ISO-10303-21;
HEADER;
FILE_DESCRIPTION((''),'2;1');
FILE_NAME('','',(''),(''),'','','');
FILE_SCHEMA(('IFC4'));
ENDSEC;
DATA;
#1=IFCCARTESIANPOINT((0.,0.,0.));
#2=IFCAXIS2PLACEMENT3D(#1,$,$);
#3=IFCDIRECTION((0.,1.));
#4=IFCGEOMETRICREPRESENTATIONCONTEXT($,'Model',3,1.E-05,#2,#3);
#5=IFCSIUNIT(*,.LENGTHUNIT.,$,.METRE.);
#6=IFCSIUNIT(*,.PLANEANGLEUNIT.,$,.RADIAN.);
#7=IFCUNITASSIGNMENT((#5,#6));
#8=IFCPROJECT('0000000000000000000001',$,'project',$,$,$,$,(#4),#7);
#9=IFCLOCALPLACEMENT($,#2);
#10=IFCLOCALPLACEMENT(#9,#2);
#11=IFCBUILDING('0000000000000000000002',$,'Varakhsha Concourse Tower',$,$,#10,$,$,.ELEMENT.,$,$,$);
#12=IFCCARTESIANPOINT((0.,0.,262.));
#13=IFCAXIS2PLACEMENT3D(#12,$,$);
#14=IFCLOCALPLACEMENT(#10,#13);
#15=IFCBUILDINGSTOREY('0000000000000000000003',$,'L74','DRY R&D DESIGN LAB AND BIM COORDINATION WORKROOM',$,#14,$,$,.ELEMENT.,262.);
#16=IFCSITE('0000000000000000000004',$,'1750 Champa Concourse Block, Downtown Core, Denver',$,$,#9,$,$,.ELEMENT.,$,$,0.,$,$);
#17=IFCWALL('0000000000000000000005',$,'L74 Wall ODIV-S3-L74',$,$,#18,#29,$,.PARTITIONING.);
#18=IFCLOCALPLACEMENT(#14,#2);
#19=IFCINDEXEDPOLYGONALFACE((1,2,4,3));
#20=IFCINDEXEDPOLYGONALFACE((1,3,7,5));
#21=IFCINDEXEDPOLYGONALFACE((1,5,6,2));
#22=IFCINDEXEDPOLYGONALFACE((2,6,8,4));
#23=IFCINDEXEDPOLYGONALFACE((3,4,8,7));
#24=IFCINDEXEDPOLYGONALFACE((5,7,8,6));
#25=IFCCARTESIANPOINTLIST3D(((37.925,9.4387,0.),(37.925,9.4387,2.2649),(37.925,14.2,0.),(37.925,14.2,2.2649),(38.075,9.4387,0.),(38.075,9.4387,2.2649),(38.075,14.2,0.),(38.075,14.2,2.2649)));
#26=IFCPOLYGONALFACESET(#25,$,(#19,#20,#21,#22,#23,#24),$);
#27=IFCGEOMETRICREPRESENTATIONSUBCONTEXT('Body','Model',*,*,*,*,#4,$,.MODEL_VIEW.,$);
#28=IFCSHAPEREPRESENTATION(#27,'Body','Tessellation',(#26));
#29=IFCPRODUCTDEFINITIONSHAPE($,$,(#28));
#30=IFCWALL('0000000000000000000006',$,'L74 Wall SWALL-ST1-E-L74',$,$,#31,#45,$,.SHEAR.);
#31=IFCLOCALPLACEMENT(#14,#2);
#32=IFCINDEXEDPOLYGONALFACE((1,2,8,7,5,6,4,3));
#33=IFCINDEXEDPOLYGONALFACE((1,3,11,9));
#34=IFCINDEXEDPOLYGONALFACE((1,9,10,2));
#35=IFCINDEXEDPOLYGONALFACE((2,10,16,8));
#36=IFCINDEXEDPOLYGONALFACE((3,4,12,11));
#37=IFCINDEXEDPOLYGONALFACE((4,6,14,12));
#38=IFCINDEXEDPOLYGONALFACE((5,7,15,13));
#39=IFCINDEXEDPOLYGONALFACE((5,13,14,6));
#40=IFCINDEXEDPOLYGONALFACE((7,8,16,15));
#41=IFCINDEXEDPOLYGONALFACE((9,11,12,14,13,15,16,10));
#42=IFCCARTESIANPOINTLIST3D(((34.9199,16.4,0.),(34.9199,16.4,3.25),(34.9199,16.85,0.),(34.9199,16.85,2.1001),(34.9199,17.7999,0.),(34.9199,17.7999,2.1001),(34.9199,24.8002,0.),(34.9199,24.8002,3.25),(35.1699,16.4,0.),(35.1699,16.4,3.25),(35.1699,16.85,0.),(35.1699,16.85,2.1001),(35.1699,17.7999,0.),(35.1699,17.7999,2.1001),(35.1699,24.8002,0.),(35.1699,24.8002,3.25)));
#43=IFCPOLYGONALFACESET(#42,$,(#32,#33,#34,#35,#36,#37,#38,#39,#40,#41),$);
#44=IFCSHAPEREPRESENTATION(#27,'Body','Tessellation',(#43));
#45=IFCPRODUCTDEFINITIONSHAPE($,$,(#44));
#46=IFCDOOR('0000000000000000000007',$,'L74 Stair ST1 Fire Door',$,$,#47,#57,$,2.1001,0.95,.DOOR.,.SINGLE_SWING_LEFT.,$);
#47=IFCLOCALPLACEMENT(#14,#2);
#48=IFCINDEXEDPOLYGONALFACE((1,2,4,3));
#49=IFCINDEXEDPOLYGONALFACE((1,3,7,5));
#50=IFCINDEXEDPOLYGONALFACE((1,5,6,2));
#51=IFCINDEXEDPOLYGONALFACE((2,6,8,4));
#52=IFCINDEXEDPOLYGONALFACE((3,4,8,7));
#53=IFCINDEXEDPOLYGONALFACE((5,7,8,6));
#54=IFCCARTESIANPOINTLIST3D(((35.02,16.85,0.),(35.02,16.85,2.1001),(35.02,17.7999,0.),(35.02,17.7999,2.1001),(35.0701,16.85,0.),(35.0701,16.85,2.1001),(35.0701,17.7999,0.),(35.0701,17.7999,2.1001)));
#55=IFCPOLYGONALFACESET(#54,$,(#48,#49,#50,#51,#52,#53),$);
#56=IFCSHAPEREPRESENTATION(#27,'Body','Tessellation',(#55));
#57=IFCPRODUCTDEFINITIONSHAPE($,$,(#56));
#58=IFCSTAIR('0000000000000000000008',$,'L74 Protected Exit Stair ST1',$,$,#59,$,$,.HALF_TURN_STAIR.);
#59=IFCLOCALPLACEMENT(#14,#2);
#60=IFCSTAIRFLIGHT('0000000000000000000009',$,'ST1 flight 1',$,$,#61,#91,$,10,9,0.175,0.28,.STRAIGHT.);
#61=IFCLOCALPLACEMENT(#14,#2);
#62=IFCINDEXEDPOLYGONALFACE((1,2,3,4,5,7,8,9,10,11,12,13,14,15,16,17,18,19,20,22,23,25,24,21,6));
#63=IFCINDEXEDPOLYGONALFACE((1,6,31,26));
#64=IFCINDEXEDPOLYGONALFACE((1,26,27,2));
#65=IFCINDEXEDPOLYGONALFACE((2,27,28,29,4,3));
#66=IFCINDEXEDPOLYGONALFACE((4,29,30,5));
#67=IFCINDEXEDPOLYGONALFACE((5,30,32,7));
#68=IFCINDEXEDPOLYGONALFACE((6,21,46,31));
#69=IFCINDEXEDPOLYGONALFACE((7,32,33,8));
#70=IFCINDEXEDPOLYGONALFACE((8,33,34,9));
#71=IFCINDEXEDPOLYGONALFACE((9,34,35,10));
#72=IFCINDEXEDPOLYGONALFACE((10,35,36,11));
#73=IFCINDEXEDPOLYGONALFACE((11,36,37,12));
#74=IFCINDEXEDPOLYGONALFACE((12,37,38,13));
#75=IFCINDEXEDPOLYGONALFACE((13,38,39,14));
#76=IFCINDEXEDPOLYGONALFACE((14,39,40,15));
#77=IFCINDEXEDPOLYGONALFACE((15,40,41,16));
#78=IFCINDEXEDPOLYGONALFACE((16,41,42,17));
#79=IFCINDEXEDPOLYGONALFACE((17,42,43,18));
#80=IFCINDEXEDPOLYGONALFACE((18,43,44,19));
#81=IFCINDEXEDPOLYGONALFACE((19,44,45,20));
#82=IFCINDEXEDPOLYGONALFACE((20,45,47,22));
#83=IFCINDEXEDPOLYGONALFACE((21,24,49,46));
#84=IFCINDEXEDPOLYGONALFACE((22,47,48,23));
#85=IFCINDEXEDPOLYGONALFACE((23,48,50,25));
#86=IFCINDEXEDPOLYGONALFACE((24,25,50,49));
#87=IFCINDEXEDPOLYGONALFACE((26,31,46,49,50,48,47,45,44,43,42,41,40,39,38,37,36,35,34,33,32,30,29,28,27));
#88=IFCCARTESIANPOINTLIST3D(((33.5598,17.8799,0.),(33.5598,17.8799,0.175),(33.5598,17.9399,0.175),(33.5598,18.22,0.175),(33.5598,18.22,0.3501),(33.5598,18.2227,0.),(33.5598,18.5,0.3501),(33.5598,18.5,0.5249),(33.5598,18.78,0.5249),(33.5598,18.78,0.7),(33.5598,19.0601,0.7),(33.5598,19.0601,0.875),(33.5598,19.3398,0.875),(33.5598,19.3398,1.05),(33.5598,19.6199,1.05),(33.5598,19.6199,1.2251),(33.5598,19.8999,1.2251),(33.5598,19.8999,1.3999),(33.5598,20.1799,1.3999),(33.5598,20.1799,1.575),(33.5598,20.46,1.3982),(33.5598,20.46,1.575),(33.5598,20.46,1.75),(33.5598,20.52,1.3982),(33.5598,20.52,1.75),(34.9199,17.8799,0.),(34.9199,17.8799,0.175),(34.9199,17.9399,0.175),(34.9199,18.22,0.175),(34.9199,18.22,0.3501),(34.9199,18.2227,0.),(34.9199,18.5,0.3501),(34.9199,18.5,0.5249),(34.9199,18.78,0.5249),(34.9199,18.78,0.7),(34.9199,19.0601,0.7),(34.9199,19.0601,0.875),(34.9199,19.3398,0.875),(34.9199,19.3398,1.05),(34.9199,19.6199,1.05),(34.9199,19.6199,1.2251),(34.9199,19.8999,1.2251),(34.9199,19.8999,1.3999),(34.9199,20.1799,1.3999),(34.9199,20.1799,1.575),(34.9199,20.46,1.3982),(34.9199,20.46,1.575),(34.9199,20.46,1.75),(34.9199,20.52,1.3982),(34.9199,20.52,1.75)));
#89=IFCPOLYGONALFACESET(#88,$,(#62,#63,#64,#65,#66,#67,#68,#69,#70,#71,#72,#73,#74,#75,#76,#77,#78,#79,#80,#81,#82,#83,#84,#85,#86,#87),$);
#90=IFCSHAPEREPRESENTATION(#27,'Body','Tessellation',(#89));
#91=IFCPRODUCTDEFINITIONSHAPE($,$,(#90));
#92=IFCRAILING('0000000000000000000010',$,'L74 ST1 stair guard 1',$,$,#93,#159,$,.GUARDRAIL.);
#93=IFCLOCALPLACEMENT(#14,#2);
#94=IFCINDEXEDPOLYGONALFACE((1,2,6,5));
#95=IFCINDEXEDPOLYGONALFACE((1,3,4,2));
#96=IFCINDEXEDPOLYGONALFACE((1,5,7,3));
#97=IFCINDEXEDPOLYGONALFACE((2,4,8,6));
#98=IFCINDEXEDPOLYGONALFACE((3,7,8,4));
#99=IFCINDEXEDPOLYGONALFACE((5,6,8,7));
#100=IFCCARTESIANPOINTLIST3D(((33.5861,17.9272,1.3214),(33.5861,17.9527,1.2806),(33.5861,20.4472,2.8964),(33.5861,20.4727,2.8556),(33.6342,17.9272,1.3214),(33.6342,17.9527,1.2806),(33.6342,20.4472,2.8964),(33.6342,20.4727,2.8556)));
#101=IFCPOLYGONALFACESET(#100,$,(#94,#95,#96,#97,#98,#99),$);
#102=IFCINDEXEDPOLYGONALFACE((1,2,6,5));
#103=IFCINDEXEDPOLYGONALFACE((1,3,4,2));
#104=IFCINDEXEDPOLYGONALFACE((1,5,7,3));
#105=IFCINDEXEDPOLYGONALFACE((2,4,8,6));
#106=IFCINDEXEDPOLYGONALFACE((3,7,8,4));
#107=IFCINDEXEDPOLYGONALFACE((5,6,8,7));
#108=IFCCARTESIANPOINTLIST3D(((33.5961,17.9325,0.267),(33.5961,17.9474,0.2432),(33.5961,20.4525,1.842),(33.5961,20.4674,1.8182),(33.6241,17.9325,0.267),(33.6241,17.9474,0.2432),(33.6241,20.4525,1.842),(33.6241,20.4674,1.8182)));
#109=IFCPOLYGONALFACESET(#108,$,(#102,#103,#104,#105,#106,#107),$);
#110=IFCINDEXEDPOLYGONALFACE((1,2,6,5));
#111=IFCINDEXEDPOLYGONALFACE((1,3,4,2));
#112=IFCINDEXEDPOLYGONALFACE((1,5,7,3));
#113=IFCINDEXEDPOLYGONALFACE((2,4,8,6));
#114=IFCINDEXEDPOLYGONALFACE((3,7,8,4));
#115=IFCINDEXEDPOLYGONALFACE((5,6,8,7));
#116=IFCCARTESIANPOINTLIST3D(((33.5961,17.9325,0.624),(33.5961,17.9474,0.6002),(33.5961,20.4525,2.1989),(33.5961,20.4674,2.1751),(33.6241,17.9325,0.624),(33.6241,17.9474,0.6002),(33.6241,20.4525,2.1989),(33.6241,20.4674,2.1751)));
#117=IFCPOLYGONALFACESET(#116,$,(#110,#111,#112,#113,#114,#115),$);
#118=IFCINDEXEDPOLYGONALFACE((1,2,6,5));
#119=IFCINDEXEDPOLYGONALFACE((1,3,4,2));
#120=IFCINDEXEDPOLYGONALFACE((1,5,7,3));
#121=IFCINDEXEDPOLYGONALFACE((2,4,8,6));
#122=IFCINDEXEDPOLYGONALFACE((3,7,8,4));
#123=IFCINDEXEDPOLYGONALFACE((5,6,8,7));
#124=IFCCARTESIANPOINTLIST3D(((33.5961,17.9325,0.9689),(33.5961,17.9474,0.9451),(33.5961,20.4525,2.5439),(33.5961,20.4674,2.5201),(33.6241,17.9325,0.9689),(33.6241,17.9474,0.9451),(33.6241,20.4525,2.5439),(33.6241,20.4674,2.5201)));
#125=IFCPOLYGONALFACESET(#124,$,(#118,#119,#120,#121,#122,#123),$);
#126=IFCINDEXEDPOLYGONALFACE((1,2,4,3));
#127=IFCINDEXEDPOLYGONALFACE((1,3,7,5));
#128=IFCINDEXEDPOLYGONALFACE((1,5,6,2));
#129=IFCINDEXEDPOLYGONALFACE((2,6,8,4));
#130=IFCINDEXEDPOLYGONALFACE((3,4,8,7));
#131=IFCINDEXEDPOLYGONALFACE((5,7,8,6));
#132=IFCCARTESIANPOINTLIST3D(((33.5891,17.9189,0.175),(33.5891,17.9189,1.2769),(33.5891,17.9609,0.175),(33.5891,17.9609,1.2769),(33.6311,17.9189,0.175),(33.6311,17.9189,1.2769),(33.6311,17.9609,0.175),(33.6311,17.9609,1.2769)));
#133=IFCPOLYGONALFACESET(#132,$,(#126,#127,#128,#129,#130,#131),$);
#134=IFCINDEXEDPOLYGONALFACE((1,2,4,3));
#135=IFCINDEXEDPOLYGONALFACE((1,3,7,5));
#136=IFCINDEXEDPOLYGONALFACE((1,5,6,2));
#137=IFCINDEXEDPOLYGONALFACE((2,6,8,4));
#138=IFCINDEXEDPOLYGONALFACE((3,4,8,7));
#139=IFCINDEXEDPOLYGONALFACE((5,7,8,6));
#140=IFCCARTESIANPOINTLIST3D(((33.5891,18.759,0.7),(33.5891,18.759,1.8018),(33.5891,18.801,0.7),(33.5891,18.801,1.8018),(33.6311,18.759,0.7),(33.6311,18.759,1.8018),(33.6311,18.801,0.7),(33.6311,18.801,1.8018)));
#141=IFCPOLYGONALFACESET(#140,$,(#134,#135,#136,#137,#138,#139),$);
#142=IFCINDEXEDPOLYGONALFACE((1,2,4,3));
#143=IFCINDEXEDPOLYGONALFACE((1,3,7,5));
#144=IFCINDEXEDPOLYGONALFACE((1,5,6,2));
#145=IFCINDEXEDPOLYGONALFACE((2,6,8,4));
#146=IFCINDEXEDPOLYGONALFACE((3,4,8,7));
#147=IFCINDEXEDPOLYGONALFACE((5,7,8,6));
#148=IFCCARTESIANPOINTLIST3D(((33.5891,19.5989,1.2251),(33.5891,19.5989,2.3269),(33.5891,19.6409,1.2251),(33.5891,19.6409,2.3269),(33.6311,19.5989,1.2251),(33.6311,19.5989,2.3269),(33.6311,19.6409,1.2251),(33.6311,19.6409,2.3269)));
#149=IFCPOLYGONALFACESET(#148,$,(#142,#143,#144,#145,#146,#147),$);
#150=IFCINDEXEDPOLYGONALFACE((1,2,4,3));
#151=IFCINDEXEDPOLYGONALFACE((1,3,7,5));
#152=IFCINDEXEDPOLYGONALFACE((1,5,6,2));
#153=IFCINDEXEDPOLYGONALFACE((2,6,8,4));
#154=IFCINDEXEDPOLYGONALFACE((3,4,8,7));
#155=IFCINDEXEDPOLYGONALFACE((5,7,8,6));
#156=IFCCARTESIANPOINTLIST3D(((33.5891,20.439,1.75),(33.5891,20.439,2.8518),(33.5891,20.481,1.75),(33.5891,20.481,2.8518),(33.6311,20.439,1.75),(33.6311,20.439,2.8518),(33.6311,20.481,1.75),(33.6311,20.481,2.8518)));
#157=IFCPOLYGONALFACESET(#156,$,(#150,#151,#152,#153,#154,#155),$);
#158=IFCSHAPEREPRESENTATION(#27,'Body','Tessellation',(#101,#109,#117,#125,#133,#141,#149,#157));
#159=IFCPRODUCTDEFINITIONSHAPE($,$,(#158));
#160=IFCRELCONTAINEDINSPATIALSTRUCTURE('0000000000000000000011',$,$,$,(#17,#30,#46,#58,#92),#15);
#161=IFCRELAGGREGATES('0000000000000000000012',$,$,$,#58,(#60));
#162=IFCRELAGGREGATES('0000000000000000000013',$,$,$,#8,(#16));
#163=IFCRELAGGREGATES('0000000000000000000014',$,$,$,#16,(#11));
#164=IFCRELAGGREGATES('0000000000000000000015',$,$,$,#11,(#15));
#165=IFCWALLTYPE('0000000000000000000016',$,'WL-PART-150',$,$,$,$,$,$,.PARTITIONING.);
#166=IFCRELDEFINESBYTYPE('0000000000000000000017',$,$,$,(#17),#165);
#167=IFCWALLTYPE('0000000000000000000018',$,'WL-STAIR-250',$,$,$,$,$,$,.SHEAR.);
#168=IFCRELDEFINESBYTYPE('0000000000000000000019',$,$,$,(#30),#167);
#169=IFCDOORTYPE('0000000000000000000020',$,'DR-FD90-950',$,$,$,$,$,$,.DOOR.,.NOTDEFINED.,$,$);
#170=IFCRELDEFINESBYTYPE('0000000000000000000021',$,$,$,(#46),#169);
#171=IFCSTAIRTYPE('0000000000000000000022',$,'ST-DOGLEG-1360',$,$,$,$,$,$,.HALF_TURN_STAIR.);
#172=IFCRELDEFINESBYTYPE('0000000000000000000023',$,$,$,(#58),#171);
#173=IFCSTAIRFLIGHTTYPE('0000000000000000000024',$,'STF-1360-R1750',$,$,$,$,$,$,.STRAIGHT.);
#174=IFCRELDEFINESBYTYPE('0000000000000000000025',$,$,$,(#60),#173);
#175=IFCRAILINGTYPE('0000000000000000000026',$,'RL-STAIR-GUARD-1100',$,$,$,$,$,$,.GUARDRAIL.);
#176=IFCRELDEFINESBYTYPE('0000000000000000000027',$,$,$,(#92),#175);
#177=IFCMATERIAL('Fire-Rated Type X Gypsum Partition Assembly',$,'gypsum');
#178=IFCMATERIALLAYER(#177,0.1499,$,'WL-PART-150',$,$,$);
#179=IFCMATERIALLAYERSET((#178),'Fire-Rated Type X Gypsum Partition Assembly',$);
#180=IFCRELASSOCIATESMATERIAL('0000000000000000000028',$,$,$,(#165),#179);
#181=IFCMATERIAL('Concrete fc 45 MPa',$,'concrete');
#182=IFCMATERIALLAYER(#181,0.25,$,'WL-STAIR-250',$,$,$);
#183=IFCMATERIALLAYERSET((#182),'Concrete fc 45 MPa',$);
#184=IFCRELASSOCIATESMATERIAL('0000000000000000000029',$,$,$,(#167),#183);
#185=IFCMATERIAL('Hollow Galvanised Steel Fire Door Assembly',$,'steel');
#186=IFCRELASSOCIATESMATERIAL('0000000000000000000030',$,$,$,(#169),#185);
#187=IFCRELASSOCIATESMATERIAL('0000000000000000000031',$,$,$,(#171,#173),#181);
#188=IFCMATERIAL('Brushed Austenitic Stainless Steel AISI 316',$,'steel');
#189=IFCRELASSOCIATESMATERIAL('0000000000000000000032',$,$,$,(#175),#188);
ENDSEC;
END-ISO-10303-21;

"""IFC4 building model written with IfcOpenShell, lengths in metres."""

from ifc_helpers import new_model, si_unit, direction, frame, frame_2d, origin, origin_2d, place, context, subcontext, project, spatial, polyline, rectangle, outline, extrude, material, layer, layer_set, type_object, element, fill, aggregate, save


model = new_model("IFC4")

# Units and contexts
model_context = context("Model", 3, precision=1e-05, world=origin(), true_north=direction((0.0, 1.0)))
body_context = subcontext(model_context, "Body", "Model", "MODEL_VIEW")
ifc_project = project(units=[si_unit("LENGTHUNIT", "METRE"), si_unit("PLANEANGLEUNIT", "RADIAN")], contexts=[model_context])

# Site, building, storey
site_placement = place(None, origin())
site = spatial("IfcSite", under=ifc_project, at=site_placement, Name="1750 Champa Concourse Block, Downtown Core, Denver", CompositionType="ELEMENT", RefElevation=0.0)
building_placement = place(site_placement, origin())
building = spatial("IfcBuilding", under=site, at=building_placement, Name="Varakhsha Concourse Tower", CompositionType="ELEMENT")
storey_placement = place(building_placement, frame((0.0, 0.0, 262.0)))
storey = spatial("IfcBuildingStorey", under=building, at=storey_placement, Name="L74", Description="DRY R&D DESIGN LAB AND BIM COORDINATION WORKROOM", CompositionType="ELEMENT", Elevation=262.0)

# Shared definitions
ifc_material_1 = material(Name="Hollow Galvanised Steel Fire Door Assembly", Category="steel")

# Shared definitions
ifc_material_2 = material(Name="Fire-Rated Type X Gypsum Partition Assembly", Category="gypsum")

# Wall
ifc_layer_1 = layer(ifc_material_2, 0.1499, Name="WL-PART-150")
ifc_layer_set_1 = layer_set([ifc_layer_1], Name="Fire-Rated Type X Gypsum Partition Assembly")
wall_type_1 = type_object("IfcWallType", Name="WL-PART-150", PredefinedType="PARTITIONING", material=ifc_layer_set_1)
wall_1_placement = place(storey_placement, frame((38.0, 9.4387, 0.0), z_axis=(0.0, 0.0, 1.0), x_axis=(0.0, 1.0, 0.0)))
element("IfcWall", 1, at=wall_1_placement, inside=storey, type_object=wall_type_1, Name="L74 Wall ODIV-S3-L74", PredefinedType="PARTITIONING", context=body_context, shape_type="SweptSolid", body=[
    extrude(rectangle(XDim=4.7612, YDim=0.1499, at=frame_2d((2.3806, 0.0))), origin(), (0.0, 0.0, 1.0), 2.2649),
])

# Wall, opening, door
ifc_material_3 = material(Name="Concrete fc 45 MPa", Category="concrete")
ifc_layer_2 = layer(ifc_material_3, 0.25, Name="WL-STAIR-250")
ifc_layer_set_2 = layer_set([ifc_layer_2], Name="Concrete fc 45 MPa")
wall_type_2 = type_object("IfcWallType", Name="WL-STAIR-250", PredefinedType="SHEAR", material=ifc_layer_set_2)
wall_2_placement = place(storey_placement, frame((35.0449, 16.3999, 0.0), z_axis=(0.0, 0.0, 1.0), x_axis=(0.0, 1.0, 0.0)))
wall_2 = element("IfcWall", 2, at=wall_2_placement, inside=storey, type_object=wall_type_2, Name="L74 Wall SWALL-ST1-E-L74", PredefinedType="SHEAR", context=body_context, shape_type="SweptSolid", body=[
    extrude(rectangle(XDim=8.4001, YDim=0.25, at=frame_2d((4.2002, 0.0))), origin(), (0.0, 0.0, 1.0), 3.25),
])
opening_1_placement = place(wall_2_placement, frame((0.45, 0.0, 0.0)))
opening_1 = element("IfcOpeningElement", 3, at=opening_1_placement, cuts=wall_2, PredefinedType="OPENING", context=body_context, shape_type="SweptSolid", body=[
    extrude(rectangle(XDim=0.95, YDim=2.1001, at=frame_2d((0.4751, 1.05))), frame((0.0, 0.135, 0.0), z_axis=(0.0, -1.0, 0.0), x_axis=(1.0, 0.0, 0.0)), (0.0, 0.0, 1.0), 0.27),
])
door_type_1 = type_object("IfcDoorType", Name="DR-FD90-950", OperationType="NOTDEFINED", PredefinedType="DOOR", material=ifc_material_1)
door_1_placement = place(opening_1_placement, origin())
door_1 = element("IfcDoor", 4, at=door_1_placement, inside=storey, type_object=door_type_1, Name="L74 Stair ST1 Fire Door", OperationType="SINGLE_SWING_LEFT", OverallHeight=2.1001, OverallWidth=0.95, PredefinedType="DOOR", context=body_context, shape_type="SweptSolid", body=[
    extrude(rectangle(XDim=0.95, YDim=2.1001, at=frame_2d((0.4751, 1.05))), frame((0.0, 0.0249, 0.0), z_axis=(0.0, -1.0, 0.0), x_axis=(1.0, 0.0, 0.0)), (0.0, 0.0, 1.0), 0.05),
])
fill(opening_1, door_1)

# Stair, stair flight
stair_type = type_object("IfcStairType", Name="ST-DOGLEG-1360", PredefinedType="HALF_TURN_STAIR", material=ifc_material_3)
stair_placement = place(storey_placement, origin())
stair = element("IfcStair", 5, at=stair_placement, inside=storey, type_object=stair_type, Name="L74 Protected Exit Stair ST1", PredefinedType="HALF_TURN_STAIR")
stair_flight_type = type_object("IfcStairFlightType", Name="STF-1360-R1750", PredefinedType="STRAIGHT", material=ifc_material_3)
stair_flight_placement = place(storey_placement, frame((34.24, 17.9399, 0.0), z_axis=(0.0, 0.0, 1.0), x_axis=(0.0, 1.0, 0.0)))
stair_flight = element("IfcStairFlight", 6, at=stair_flight_placement, type_object=stair_flight_type, Name="ST1 flight 1", NumberOfRisers=10, NumberOfTreads=9, PredefinedType="STRAIGHT", RiserHeight=0.175, TreadLength=0.28, context=body_context, shape_type="SweptSolid", body=[
    extrude(outline(polyline([(-0.0601, 0.0), (-0.0601, 0.175), (0.0, 0.175), (0.28, 0.175), (0.28, 0.3501), (0.5601, 0.3501), (0.5601, 0.5249), (0.8401, 0.5249), (0.8401, 0.7), (1.1201, 0.7), (1.1201, 0.875), (1.3999, 0.875), (1.3999, 1.05), (1.6799, 1.05), (1.6799, 1.2251), (1.96, 1.2251), (1.96, 1.3999), (2.24, 1.3999), (2.24, 1.575), (2.52, 1.575), (2.52, 1.75), (2.5801, 1.75), (2.5801, 1.3982), (2.52, 1.3982), (0.2827, 0.0), (-0.0601, 0.0)])), frame((0.0, 0.6802, 0.0), z_axis=(0.0, -1.0, 0.0), x_axis=(1.0, 0.0, 0.0)), (0.0, 0.0, 1.0), 1.3601),
])
aggregate(stair, [stair_flight])

# Railing
ifc_material_4 = material(Name="Brushed Austenitic Stainless Steel AISI 316", Category="steel")
railing_type_1 = type_object("IfcRailingType", Name="RL-STAIR-GUARD-1100", PredefinedType="GUARDRAIL", material=ifc_material_4)
railing_1_placement = place(storey_placement, frame((33.6101, 17.9399, 0.175)))
element("IfcRailing", 7, at=railing_1_placement, inside=storey, type_object=railing_type_1, Name="L74 ST1 stair guard 1", PredefinedType="GUARDRAIL", context=body_context, shape_type="SweptSolid", body=[
    extrude(rectangle(XDim=0.0481, YDim=0.0481, at=origin_2d()), frame((0.0, 0.0, 1.126), z_axis=(0.0, 0.848008, 0.529984), x_axis=(-1.0, 0.0, 0.0)), (0.0, 0.0, 1.0), 2.9717),
    extrude(rectangle(XDim=0.0281, YDim=0.0281, at=origin_2d()), frame((0.0, 0.0, 0.0801), z_axis=(0.0, 0.848008, 0.529984), x_axis=(-1.0, 0.0, 0.0)), (0.0, 0.0, 1.0), 2.9717),
    extrude(rectangle(XDim=0.0281, YDim=0.0281, at=origin_2d()), frame((0.0, 0.0, 0.437), z_axis=(0.0, 0.848008, 0.529984), x_axis=(-1.0, 0.0, 0.0)), (0.0, 0.0, 1.0), 2.9717),
    extrude(rectangle(XDim=0.0281, YDim=0.0281, at=origin_2d()), frame((0.0, 0.0, 0.782), z_axis=(0.0, 0.848008, 0.529984), x_axis=(-1.0, 0.0, 0.0)), (0.0, 0.0, 1.0), 2.9717),
    extrude(rectangle(XDim=0.042, YDim=0.042, at=origin_2d()), origin(), (0.0, 0.0, 1.0), 1.1018),
    extrude(rectangle(XDim=0.042, YDim=0.042, at=origin_2d()), frame((0.0, 0.8401, 0.5249)), (0.0, 0.0, 1.0), 1.1018),
    extrude(rectangle(XDim=0.042, YDim=0.042, at=origin_2d()), frame((0.0, 1.6799, 1.05)), (0.0, 0.0, 1.0), 1.1018),
    extrude(rectangle(XDim=0.042, YDim=0.042, at=origin_2d()), frame((0.0, 2.52, 1.575)), (0.0, 0.0, 1.0), 1.1018),
])

save(model, "model.ifc")
